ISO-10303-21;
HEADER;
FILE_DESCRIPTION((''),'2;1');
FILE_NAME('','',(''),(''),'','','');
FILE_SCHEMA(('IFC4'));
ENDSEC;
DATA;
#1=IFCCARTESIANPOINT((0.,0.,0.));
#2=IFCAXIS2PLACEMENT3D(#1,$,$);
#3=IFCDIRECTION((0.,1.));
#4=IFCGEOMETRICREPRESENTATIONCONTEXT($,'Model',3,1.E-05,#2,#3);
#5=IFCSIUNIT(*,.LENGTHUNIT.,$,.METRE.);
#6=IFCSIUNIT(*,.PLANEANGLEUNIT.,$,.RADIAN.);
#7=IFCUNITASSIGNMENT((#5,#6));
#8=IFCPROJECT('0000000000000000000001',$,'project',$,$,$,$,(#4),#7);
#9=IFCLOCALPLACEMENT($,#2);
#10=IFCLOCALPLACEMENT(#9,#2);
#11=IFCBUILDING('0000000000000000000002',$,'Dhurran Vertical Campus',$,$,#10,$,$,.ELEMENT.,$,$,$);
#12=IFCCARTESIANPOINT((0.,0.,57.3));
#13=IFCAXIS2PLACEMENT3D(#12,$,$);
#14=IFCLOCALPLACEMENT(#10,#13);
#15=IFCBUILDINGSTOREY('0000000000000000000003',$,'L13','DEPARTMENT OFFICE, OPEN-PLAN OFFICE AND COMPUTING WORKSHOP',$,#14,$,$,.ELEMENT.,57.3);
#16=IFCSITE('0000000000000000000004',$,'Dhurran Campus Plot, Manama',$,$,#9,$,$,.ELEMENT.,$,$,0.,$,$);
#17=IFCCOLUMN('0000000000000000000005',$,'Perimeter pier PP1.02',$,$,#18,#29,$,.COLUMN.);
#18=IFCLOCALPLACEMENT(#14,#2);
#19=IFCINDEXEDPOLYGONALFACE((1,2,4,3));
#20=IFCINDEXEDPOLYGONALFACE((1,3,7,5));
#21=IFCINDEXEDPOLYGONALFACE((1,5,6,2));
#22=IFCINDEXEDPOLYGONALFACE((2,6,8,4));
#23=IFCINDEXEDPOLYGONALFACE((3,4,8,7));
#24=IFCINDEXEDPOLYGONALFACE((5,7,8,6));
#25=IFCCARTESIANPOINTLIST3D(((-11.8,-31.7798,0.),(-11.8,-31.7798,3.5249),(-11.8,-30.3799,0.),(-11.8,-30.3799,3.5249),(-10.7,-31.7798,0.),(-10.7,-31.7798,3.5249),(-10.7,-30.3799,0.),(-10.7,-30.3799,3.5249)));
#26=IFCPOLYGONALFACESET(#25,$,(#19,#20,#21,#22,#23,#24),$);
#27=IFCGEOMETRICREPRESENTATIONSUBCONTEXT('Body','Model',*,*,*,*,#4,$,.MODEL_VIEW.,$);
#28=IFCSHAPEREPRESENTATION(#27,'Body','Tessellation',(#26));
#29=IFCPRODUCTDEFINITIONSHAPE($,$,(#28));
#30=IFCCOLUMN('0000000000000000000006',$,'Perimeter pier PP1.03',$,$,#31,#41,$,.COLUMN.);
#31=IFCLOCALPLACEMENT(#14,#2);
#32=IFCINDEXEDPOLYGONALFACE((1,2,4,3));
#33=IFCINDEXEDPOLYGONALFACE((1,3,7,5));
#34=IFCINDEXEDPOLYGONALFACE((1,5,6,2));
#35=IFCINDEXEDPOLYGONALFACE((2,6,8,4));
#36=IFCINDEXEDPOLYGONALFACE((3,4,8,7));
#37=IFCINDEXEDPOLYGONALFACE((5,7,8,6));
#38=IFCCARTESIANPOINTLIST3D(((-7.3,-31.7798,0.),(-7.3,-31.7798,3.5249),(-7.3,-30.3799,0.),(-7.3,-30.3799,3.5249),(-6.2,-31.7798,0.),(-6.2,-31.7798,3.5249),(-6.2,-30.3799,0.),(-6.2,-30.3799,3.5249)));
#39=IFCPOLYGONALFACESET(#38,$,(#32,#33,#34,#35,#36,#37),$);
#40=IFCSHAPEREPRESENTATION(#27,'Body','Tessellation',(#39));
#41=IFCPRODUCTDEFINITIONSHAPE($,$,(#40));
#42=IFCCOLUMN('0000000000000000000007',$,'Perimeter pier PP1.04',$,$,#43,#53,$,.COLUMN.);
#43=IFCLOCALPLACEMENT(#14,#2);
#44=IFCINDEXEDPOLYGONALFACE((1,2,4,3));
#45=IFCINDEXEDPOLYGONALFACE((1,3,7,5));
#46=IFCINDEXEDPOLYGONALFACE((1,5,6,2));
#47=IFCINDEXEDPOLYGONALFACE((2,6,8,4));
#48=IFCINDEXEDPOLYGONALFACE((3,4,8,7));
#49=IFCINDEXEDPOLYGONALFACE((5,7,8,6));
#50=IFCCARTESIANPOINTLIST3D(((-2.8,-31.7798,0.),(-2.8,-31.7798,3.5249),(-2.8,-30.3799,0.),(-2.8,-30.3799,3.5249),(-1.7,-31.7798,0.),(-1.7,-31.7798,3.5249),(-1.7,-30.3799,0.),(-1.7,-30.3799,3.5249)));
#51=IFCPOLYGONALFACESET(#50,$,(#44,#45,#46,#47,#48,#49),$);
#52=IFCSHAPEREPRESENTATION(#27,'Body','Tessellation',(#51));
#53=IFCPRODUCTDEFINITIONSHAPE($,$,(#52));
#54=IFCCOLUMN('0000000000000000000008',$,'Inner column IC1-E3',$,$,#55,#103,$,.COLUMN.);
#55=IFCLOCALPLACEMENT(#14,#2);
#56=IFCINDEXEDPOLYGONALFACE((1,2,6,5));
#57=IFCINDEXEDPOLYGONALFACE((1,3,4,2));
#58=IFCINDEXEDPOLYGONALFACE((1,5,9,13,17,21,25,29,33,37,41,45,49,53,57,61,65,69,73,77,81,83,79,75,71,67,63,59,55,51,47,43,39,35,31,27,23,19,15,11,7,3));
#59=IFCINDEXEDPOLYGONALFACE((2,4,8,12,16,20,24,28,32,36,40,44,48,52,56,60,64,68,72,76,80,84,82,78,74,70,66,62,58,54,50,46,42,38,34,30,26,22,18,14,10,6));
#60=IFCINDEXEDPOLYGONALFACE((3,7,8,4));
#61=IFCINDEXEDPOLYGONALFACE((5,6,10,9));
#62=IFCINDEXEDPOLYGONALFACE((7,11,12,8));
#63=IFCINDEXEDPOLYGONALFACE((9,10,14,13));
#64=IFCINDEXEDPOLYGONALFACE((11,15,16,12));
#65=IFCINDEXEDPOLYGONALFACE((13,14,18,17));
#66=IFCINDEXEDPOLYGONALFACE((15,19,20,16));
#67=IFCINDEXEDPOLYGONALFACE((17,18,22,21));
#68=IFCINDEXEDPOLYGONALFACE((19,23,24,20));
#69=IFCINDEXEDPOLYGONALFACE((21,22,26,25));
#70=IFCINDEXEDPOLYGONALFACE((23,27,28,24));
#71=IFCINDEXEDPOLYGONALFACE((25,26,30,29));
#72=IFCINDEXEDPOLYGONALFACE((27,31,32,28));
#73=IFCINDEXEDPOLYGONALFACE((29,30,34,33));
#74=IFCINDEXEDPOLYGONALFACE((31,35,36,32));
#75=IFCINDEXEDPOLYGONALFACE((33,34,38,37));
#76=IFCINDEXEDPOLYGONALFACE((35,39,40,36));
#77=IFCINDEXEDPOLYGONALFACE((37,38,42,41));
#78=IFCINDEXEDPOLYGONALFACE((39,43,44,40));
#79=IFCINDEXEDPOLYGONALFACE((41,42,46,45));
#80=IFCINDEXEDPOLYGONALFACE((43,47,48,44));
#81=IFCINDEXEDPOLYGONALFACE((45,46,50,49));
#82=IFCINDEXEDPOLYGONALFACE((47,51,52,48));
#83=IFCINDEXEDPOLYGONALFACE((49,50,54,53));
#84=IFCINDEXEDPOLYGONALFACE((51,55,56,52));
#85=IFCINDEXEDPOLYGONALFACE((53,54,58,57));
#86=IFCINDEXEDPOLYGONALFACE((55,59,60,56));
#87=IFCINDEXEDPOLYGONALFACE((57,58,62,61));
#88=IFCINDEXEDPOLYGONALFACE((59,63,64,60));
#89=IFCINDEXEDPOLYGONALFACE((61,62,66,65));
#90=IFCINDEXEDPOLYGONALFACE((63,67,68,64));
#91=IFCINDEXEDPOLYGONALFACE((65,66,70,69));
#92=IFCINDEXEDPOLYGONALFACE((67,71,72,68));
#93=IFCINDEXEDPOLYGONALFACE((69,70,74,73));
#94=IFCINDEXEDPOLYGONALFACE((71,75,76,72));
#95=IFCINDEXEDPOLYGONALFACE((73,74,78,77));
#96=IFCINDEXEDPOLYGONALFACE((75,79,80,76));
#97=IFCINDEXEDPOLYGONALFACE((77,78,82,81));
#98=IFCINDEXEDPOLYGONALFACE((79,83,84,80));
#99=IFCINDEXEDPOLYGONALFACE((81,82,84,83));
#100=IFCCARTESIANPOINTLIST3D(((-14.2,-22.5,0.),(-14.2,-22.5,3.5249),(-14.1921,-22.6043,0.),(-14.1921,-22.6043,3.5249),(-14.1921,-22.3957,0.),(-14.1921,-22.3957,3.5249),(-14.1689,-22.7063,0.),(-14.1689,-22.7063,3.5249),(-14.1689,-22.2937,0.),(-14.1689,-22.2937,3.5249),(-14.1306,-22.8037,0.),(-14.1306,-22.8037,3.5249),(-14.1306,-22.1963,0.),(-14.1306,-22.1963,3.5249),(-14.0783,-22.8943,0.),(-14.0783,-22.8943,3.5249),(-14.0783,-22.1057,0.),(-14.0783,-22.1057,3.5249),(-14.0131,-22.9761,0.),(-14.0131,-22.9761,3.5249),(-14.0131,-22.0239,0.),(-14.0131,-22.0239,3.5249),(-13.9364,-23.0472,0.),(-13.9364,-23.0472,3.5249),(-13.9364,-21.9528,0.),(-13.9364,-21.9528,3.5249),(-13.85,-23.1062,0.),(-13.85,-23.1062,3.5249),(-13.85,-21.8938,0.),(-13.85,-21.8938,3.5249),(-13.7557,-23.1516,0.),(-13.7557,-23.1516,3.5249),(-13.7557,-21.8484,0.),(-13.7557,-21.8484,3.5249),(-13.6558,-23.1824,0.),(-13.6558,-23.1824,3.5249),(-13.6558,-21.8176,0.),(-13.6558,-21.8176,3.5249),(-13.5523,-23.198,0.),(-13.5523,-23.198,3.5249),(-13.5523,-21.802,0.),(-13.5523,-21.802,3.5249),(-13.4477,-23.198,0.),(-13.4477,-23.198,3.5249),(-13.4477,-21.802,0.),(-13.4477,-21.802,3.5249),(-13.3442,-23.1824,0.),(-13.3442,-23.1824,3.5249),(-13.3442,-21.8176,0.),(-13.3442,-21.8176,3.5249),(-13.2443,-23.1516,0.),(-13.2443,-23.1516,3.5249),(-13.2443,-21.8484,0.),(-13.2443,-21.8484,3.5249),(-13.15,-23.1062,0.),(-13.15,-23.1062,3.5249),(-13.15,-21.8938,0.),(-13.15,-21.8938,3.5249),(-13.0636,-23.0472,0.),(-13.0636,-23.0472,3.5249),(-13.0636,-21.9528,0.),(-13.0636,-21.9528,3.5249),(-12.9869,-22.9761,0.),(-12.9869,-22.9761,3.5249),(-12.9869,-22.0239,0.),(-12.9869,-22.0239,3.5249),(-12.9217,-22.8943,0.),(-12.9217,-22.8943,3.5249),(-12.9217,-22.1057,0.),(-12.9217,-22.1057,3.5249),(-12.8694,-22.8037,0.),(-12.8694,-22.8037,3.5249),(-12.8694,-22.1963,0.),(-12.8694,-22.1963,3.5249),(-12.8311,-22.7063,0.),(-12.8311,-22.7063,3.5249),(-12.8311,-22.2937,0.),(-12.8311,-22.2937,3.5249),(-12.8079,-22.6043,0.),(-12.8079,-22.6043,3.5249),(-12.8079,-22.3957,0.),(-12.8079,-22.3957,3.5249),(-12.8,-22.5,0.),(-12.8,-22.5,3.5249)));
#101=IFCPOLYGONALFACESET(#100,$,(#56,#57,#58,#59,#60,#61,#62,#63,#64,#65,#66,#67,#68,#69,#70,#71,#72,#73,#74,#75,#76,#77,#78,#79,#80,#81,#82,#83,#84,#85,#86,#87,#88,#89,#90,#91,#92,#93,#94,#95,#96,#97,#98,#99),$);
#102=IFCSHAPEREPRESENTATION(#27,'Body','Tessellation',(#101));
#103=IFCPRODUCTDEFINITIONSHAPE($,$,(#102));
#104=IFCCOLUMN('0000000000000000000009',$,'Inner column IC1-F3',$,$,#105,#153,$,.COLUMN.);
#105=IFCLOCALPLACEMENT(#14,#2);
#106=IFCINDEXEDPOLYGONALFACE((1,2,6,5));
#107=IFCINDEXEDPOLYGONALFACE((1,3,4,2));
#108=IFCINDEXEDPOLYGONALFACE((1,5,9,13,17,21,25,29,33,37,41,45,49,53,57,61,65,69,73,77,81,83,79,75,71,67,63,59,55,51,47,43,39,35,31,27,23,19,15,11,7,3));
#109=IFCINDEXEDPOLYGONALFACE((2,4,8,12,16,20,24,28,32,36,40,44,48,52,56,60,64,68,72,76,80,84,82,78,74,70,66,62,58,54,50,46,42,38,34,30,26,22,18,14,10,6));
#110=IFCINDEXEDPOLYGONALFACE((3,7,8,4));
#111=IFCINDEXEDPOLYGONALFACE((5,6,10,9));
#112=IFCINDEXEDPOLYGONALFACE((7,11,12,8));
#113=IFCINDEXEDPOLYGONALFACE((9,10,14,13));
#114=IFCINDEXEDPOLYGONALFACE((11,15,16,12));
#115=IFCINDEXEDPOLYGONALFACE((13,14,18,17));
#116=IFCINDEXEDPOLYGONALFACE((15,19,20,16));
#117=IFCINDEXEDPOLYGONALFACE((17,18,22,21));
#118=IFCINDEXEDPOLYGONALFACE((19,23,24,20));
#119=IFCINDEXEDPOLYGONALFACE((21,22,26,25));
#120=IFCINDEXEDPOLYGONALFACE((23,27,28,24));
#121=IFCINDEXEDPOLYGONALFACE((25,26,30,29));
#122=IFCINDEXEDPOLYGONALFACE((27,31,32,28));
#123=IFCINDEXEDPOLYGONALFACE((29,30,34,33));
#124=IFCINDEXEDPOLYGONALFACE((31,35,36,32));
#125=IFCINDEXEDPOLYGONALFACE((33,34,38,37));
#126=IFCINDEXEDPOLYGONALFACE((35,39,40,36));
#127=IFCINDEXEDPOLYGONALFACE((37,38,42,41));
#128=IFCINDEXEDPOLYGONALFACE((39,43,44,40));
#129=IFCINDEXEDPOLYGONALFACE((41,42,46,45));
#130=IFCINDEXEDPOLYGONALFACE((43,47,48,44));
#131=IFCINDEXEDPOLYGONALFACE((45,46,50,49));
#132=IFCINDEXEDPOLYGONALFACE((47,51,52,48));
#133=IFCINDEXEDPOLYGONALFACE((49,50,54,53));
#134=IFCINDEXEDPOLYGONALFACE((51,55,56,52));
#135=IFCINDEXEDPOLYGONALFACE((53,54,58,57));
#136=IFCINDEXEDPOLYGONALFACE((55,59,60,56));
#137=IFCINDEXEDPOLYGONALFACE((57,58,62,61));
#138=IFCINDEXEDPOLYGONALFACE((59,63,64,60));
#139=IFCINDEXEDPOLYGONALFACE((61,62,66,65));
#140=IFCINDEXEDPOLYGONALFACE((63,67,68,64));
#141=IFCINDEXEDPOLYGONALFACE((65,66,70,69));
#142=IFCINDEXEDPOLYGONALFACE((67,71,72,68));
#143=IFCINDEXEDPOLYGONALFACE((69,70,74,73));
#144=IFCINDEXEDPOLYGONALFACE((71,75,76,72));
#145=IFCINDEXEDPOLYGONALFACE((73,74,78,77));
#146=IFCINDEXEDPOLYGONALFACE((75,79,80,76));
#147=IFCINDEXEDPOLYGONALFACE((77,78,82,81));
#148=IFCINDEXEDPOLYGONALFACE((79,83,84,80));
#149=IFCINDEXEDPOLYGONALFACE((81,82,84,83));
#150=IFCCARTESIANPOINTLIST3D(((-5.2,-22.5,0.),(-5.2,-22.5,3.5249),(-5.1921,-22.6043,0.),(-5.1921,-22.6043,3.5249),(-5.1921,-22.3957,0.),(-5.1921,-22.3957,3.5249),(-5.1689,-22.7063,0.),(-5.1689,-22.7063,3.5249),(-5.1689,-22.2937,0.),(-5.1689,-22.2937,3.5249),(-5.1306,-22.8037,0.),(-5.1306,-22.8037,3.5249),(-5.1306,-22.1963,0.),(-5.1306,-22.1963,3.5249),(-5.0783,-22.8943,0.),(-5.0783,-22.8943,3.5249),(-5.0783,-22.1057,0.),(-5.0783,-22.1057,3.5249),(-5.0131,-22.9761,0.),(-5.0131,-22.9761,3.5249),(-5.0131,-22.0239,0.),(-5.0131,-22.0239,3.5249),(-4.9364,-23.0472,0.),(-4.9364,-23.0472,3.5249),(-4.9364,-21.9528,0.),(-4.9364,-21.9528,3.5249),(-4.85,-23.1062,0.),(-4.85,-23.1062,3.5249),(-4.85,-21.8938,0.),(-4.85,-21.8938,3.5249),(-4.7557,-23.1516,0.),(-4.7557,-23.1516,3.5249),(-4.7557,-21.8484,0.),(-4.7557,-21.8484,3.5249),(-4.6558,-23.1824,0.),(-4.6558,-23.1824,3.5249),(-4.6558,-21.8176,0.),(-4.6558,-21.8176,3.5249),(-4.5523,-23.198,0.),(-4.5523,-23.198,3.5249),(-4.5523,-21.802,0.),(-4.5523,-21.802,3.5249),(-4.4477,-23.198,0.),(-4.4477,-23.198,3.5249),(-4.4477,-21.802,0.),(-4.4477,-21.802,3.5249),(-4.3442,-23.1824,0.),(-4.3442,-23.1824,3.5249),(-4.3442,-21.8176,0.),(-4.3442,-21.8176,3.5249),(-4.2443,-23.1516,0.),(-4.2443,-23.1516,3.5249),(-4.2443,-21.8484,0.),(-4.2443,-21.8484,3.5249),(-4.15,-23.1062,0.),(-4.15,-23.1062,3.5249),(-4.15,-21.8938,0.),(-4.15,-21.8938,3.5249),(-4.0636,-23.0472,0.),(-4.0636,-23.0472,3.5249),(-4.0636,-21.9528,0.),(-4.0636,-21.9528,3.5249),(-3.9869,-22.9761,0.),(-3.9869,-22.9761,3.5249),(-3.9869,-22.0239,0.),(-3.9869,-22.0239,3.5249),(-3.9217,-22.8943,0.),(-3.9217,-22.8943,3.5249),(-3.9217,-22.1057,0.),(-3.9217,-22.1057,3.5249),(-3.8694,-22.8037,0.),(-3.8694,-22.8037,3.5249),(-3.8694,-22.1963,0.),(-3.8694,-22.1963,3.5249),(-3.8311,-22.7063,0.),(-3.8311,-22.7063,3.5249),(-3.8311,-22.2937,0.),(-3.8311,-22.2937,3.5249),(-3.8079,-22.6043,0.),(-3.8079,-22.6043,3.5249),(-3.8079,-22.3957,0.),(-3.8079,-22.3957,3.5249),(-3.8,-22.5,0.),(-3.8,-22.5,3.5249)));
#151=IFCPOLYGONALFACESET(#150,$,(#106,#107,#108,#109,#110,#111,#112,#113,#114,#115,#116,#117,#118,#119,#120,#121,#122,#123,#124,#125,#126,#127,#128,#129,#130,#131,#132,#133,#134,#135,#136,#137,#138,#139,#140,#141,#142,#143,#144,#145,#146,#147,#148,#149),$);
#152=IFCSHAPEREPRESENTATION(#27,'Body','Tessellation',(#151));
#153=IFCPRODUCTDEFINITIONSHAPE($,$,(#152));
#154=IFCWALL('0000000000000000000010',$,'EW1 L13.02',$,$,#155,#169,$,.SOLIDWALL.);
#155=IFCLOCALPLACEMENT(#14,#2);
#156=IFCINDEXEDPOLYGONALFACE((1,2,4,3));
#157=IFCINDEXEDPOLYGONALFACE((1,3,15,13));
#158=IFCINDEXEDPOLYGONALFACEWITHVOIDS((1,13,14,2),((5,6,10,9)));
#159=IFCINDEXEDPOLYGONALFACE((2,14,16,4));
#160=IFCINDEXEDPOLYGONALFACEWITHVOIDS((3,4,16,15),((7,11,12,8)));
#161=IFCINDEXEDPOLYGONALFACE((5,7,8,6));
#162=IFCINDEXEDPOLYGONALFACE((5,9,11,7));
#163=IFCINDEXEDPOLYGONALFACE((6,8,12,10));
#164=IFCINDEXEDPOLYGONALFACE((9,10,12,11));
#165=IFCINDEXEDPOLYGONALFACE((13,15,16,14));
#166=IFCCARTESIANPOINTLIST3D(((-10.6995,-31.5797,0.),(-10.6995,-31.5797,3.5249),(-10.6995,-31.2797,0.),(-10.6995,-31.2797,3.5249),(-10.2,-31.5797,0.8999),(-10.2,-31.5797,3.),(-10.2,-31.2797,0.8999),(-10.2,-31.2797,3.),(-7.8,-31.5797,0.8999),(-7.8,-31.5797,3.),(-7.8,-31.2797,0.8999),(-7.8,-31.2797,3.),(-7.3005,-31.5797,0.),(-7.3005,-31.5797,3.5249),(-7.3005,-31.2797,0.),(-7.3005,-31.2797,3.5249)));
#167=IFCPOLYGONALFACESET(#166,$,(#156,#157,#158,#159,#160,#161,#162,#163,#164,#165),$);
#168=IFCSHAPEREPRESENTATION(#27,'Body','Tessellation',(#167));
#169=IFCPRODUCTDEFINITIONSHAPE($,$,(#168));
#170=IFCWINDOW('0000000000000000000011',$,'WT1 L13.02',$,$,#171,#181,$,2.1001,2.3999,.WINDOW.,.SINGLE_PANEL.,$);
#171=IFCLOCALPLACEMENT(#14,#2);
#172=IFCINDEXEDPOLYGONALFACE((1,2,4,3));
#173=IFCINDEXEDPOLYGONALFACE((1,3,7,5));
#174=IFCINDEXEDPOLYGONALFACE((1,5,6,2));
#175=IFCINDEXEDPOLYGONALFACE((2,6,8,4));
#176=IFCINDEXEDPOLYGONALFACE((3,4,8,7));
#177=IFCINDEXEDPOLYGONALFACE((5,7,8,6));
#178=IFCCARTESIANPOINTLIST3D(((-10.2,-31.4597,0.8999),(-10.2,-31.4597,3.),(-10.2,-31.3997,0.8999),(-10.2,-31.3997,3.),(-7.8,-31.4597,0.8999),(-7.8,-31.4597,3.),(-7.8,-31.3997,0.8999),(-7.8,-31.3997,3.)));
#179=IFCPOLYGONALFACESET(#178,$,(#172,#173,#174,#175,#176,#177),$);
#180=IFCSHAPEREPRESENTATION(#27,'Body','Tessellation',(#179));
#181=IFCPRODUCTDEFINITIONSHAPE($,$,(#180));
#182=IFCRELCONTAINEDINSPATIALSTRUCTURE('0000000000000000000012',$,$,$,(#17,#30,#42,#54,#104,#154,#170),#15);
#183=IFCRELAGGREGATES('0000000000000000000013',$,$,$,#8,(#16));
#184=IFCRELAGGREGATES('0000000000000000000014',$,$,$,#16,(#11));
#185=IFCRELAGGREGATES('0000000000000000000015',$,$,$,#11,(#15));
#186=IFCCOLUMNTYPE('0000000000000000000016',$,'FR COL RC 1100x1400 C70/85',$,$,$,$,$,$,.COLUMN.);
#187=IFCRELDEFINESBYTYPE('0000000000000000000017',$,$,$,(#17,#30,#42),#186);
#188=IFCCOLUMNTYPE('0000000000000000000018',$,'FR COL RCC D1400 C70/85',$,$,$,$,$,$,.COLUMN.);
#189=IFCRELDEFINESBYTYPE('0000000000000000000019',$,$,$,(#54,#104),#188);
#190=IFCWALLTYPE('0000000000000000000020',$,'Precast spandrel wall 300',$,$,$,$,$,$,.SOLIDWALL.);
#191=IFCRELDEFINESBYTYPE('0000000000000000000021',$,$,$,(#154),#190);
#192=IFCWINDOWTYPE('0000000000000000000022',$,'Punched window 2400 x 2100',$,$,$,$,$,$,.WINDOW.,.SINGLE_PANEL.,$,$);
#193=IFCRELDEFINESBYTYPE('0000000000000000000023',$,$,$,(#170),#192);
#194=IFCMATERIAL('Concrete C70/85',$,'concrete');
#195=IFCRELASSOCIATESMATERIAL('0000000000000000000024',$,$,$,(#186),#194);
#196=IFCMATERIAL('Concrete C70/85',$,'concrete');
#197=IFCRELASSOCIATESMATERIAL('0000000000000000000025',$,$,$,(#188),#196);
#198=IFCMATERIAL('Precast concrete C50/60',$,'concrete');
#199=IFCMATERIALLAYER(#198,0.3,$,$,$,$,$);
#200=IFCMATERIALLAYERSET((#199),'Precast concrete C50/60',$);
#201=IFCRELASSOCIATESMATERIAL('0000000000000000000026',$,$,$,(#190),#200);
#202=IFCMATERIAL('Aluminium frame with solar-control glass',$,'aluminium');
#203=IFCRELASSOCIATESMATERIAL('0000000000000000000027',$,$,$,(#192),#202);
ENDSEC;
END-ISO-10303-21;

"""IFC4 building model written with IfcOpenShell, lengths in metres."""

from ifc_helpers import new_model, si_unit, direction, frame, frame_2d, origin, origin_2d, place, context, subcontext, project, spatial, rectangle, circle, extrude, material, layer, layer_set, material_profile, profile_set, type_object, element, fill, save


model = new_model("IFC4")

# Units and contexts
model_context = context("Model", 3, precision=1e-05, world=origin(), true_north=direction((0.0, 1.0)))
body_context = subcontext(model_context, "Body", "Model", "MODEL_VIEW")
ifc_project = project(units=[si_unit("LENGTHUNIT", "METRE"), si_unit("PLANEANGLEUNIT", "RADIAN")], contexts=[model_context])

# Site, building, storey
site_placement = place(None, origin())
site = spatial("IfcSite", under=ifc_project, at=site_placement, Name="Dhurran Campus Plot, Manama", CompositionType="ELEMENT", RefElevation=0.0)
building_placement = place(site_placement, origin())
building = spatial("IfcBuilding", under=site, at=building_placement, Name="Dhurran Vertical Campus", CompositionType="ELEMENT")
storey_placement = place(building_placement, frame((0.0, 0.0, 57.3)))
storey = spatial("IfcBuildingStorey", under=building, at=storey_placement, Name="L13", Description="DEPARTMENT OFFICE, OPEN-PLAN OFFICE AND COMPUTING WORKSHOP", CompositionType="ELEMENT", Elevation=57.3)

# Columns
ifc_material_1 = material(Name="Concrete C70/85", Category="concrete")
ifc_material_profile_1 = material_profile(ifc_material_1, rectangle(XDim=1.1001, YDim=1.3999, at=origin_2d()), Name="RC 1100x1400")
ifc_profile_set_1 = profile_set([ifc_material_profile_1], Name="Concrete C70/85")
column_type_1 = type_object("IfcColumnType", Name="FR COL RC 1100x1400 C70/85", PredefinedType="COLUMN", material=ifc_profile_set_1)
for number, where, z_axis, x_axis, name in (
    (1, (-11.25, -31.0798, 0.0), (0.0, 0.0, 1.0), (1.0, 0.0, 0.0), "Perimeter pier PP1.02"),
    (2, (-6.75, -31.0798, 0.0), (0.0, 0.0, 1.0), (1.0, 0.0, 0.0), "Perimeter pier PP1.03"),
    (3, (-2.25, -31.0798, 0.0), (0.0, 0.0, 1.0), (1.0, 0.0, 0.0), "Perimeter pier PP1.04"),
):
    element("IfcColumn", number, at=place(storey_placement, frame(where, z_axis=z_axis, x_axis=x_axis)), inside=storey, type_object=column_type_1, Name=name, PredefinedType="COLUMN", context=body_context, shape_type="SweptSolid", body=[
        extrude(rectangle(XDim=1.1001, YDim=1.3999, at=origin_2d()), origin(), (0.0, 0.0, 1.0), 3.5249),
    ])
ifc_material_2 = material(Name="Concrete C70/85", Category="concrete")
ifc_material_profile_2 = material_profile(ifc_material_2, circle(Radius=0.7, at=origin_2d()), Name="RCC D1400")
ifc_profile_set_2 = profile_set([ifc_material_profile_2], Name="Concrete C70/85")
column_type_2 = type_object("IfcColumnType", Name="FR COL RCC D1400 C70/85", PredefinedType="COLUMN", material=ifc_profile_set_2)
for number, where, z_axis, x_axis, name in (
    (4, (-13.5, -22.5, 0.0), (0.0, 0.0, 1.0), (1.0, 0.0, 0.0), "Inner column IC1-E3"),
    (5, (-4.5, -22.5, 0.0), (0.0, 0.0, 1.0), (1.0, 0.0, 0.0), "Inner column IC1-F3"),
):
    element("IfcColumn", number, at=place(storey_placement, frame(where, z_axis=z_axis, x_axis=x_axis)), inside=storey, type_object=column_type_2, Name=name, PredefinedType="COLUMN", context=body_context, shape_type="SweptSolid", body=[
        extrude(circle(Radius=0.7, at=origin_2d()), origin(), (0.0, 0.0, 1.0), 3.5249),
    ])

# Wall, opening, window
ifc_material_3 = material(Name="Precast concrete C50/60", Category="concrete")
ifc_layer_1 = layer(ifc_material_3, 0.3)
ifc_layer_set_1 = layer_set([ifc_layer_1], Name="Precast concrete C50/60")
wall_type_1 = type_object("IfcWallType", Name="Precast spandrel wall 300", PredefinedType="SOLIDWALL", material=ifc_layer_set_1)
wall_1_placement = place(storey_placement, frame((-10.6995, -31.4297, 0.0), z_axis=(0.0, 0.0, 1.0), x_axis=(1.0, 0.0, 0.0)))
wall_1 = element("IfcWall", 6, at=wall_1_placement, inside=storey, type_object=wall_type_1, Name="EW1 L13.02", PredefinedType="SOLIDWALL", context=body_context, shape_type="SweptSolid", body=[
    extrude(rectangle(XDim=3.3989, YDim=0.3, at=frame_2d((1.6995, 0.0))), origin(), (0.0, 0.0, 1.0), 3.5249),
])
opening_1_placement = place(wall_1_placement, frame((0.4995, 0.0, 0.8999)))
opening_1 = element("IfcOpeningElement", 7, at=opening_1_placement, cuts=wall_1, PredefinedType="OPENING", context=body_context, shape_type="SweptSolid", body=[
    extrude(rectangle(XDim=2.3999, YDim=2.1001, at=frame_2d((1.2, 1.05))), frame((0.0, 0.1599, 0.0), z_axis=(0.0, -1.0, 0.0), x_axis=(1.0, 0.0, 0.0)), (0.0, 0.0, 1.0), 0.3201),
])
ifc_material_4 = material(Name="Aluminium frame with solar-control glass", Category="aluminium")
window_type = type_object("IfcWindowType", Name="Punched window 2400 x 2100", PartitioningType="SINGLE_PANEL", PredefinedType="WINDOW", material=ifc_material_4)
window_1_placement = place(opening_1_placement, origin())
window_1 = element("IfcWindow", 8, at=window_1_placement, inside=storey, type_object=window_type, Name="WT1 L13.02", OverallHeight=2.1001, OverallWidth=2.3999, PartitioningType="SINGLE_PANEL", PredefinedType="WINDOW", context=body_context, shape_type="SweptSolid", body=[
    extrude(rectangle(XDim=2.3999, YDim=2.1001, at=frame_2d((1.2, 1.05))), frame((0.0, 0.03, 0.0), z_axis=(0.0, -1.0, 0.0), x_axis=(1.0, 0.0, 0.0)), (0.0, 0.0, 1.0), 0.0601),
])
fill(opening_1, window_1)

save(model, "model.ifc")
